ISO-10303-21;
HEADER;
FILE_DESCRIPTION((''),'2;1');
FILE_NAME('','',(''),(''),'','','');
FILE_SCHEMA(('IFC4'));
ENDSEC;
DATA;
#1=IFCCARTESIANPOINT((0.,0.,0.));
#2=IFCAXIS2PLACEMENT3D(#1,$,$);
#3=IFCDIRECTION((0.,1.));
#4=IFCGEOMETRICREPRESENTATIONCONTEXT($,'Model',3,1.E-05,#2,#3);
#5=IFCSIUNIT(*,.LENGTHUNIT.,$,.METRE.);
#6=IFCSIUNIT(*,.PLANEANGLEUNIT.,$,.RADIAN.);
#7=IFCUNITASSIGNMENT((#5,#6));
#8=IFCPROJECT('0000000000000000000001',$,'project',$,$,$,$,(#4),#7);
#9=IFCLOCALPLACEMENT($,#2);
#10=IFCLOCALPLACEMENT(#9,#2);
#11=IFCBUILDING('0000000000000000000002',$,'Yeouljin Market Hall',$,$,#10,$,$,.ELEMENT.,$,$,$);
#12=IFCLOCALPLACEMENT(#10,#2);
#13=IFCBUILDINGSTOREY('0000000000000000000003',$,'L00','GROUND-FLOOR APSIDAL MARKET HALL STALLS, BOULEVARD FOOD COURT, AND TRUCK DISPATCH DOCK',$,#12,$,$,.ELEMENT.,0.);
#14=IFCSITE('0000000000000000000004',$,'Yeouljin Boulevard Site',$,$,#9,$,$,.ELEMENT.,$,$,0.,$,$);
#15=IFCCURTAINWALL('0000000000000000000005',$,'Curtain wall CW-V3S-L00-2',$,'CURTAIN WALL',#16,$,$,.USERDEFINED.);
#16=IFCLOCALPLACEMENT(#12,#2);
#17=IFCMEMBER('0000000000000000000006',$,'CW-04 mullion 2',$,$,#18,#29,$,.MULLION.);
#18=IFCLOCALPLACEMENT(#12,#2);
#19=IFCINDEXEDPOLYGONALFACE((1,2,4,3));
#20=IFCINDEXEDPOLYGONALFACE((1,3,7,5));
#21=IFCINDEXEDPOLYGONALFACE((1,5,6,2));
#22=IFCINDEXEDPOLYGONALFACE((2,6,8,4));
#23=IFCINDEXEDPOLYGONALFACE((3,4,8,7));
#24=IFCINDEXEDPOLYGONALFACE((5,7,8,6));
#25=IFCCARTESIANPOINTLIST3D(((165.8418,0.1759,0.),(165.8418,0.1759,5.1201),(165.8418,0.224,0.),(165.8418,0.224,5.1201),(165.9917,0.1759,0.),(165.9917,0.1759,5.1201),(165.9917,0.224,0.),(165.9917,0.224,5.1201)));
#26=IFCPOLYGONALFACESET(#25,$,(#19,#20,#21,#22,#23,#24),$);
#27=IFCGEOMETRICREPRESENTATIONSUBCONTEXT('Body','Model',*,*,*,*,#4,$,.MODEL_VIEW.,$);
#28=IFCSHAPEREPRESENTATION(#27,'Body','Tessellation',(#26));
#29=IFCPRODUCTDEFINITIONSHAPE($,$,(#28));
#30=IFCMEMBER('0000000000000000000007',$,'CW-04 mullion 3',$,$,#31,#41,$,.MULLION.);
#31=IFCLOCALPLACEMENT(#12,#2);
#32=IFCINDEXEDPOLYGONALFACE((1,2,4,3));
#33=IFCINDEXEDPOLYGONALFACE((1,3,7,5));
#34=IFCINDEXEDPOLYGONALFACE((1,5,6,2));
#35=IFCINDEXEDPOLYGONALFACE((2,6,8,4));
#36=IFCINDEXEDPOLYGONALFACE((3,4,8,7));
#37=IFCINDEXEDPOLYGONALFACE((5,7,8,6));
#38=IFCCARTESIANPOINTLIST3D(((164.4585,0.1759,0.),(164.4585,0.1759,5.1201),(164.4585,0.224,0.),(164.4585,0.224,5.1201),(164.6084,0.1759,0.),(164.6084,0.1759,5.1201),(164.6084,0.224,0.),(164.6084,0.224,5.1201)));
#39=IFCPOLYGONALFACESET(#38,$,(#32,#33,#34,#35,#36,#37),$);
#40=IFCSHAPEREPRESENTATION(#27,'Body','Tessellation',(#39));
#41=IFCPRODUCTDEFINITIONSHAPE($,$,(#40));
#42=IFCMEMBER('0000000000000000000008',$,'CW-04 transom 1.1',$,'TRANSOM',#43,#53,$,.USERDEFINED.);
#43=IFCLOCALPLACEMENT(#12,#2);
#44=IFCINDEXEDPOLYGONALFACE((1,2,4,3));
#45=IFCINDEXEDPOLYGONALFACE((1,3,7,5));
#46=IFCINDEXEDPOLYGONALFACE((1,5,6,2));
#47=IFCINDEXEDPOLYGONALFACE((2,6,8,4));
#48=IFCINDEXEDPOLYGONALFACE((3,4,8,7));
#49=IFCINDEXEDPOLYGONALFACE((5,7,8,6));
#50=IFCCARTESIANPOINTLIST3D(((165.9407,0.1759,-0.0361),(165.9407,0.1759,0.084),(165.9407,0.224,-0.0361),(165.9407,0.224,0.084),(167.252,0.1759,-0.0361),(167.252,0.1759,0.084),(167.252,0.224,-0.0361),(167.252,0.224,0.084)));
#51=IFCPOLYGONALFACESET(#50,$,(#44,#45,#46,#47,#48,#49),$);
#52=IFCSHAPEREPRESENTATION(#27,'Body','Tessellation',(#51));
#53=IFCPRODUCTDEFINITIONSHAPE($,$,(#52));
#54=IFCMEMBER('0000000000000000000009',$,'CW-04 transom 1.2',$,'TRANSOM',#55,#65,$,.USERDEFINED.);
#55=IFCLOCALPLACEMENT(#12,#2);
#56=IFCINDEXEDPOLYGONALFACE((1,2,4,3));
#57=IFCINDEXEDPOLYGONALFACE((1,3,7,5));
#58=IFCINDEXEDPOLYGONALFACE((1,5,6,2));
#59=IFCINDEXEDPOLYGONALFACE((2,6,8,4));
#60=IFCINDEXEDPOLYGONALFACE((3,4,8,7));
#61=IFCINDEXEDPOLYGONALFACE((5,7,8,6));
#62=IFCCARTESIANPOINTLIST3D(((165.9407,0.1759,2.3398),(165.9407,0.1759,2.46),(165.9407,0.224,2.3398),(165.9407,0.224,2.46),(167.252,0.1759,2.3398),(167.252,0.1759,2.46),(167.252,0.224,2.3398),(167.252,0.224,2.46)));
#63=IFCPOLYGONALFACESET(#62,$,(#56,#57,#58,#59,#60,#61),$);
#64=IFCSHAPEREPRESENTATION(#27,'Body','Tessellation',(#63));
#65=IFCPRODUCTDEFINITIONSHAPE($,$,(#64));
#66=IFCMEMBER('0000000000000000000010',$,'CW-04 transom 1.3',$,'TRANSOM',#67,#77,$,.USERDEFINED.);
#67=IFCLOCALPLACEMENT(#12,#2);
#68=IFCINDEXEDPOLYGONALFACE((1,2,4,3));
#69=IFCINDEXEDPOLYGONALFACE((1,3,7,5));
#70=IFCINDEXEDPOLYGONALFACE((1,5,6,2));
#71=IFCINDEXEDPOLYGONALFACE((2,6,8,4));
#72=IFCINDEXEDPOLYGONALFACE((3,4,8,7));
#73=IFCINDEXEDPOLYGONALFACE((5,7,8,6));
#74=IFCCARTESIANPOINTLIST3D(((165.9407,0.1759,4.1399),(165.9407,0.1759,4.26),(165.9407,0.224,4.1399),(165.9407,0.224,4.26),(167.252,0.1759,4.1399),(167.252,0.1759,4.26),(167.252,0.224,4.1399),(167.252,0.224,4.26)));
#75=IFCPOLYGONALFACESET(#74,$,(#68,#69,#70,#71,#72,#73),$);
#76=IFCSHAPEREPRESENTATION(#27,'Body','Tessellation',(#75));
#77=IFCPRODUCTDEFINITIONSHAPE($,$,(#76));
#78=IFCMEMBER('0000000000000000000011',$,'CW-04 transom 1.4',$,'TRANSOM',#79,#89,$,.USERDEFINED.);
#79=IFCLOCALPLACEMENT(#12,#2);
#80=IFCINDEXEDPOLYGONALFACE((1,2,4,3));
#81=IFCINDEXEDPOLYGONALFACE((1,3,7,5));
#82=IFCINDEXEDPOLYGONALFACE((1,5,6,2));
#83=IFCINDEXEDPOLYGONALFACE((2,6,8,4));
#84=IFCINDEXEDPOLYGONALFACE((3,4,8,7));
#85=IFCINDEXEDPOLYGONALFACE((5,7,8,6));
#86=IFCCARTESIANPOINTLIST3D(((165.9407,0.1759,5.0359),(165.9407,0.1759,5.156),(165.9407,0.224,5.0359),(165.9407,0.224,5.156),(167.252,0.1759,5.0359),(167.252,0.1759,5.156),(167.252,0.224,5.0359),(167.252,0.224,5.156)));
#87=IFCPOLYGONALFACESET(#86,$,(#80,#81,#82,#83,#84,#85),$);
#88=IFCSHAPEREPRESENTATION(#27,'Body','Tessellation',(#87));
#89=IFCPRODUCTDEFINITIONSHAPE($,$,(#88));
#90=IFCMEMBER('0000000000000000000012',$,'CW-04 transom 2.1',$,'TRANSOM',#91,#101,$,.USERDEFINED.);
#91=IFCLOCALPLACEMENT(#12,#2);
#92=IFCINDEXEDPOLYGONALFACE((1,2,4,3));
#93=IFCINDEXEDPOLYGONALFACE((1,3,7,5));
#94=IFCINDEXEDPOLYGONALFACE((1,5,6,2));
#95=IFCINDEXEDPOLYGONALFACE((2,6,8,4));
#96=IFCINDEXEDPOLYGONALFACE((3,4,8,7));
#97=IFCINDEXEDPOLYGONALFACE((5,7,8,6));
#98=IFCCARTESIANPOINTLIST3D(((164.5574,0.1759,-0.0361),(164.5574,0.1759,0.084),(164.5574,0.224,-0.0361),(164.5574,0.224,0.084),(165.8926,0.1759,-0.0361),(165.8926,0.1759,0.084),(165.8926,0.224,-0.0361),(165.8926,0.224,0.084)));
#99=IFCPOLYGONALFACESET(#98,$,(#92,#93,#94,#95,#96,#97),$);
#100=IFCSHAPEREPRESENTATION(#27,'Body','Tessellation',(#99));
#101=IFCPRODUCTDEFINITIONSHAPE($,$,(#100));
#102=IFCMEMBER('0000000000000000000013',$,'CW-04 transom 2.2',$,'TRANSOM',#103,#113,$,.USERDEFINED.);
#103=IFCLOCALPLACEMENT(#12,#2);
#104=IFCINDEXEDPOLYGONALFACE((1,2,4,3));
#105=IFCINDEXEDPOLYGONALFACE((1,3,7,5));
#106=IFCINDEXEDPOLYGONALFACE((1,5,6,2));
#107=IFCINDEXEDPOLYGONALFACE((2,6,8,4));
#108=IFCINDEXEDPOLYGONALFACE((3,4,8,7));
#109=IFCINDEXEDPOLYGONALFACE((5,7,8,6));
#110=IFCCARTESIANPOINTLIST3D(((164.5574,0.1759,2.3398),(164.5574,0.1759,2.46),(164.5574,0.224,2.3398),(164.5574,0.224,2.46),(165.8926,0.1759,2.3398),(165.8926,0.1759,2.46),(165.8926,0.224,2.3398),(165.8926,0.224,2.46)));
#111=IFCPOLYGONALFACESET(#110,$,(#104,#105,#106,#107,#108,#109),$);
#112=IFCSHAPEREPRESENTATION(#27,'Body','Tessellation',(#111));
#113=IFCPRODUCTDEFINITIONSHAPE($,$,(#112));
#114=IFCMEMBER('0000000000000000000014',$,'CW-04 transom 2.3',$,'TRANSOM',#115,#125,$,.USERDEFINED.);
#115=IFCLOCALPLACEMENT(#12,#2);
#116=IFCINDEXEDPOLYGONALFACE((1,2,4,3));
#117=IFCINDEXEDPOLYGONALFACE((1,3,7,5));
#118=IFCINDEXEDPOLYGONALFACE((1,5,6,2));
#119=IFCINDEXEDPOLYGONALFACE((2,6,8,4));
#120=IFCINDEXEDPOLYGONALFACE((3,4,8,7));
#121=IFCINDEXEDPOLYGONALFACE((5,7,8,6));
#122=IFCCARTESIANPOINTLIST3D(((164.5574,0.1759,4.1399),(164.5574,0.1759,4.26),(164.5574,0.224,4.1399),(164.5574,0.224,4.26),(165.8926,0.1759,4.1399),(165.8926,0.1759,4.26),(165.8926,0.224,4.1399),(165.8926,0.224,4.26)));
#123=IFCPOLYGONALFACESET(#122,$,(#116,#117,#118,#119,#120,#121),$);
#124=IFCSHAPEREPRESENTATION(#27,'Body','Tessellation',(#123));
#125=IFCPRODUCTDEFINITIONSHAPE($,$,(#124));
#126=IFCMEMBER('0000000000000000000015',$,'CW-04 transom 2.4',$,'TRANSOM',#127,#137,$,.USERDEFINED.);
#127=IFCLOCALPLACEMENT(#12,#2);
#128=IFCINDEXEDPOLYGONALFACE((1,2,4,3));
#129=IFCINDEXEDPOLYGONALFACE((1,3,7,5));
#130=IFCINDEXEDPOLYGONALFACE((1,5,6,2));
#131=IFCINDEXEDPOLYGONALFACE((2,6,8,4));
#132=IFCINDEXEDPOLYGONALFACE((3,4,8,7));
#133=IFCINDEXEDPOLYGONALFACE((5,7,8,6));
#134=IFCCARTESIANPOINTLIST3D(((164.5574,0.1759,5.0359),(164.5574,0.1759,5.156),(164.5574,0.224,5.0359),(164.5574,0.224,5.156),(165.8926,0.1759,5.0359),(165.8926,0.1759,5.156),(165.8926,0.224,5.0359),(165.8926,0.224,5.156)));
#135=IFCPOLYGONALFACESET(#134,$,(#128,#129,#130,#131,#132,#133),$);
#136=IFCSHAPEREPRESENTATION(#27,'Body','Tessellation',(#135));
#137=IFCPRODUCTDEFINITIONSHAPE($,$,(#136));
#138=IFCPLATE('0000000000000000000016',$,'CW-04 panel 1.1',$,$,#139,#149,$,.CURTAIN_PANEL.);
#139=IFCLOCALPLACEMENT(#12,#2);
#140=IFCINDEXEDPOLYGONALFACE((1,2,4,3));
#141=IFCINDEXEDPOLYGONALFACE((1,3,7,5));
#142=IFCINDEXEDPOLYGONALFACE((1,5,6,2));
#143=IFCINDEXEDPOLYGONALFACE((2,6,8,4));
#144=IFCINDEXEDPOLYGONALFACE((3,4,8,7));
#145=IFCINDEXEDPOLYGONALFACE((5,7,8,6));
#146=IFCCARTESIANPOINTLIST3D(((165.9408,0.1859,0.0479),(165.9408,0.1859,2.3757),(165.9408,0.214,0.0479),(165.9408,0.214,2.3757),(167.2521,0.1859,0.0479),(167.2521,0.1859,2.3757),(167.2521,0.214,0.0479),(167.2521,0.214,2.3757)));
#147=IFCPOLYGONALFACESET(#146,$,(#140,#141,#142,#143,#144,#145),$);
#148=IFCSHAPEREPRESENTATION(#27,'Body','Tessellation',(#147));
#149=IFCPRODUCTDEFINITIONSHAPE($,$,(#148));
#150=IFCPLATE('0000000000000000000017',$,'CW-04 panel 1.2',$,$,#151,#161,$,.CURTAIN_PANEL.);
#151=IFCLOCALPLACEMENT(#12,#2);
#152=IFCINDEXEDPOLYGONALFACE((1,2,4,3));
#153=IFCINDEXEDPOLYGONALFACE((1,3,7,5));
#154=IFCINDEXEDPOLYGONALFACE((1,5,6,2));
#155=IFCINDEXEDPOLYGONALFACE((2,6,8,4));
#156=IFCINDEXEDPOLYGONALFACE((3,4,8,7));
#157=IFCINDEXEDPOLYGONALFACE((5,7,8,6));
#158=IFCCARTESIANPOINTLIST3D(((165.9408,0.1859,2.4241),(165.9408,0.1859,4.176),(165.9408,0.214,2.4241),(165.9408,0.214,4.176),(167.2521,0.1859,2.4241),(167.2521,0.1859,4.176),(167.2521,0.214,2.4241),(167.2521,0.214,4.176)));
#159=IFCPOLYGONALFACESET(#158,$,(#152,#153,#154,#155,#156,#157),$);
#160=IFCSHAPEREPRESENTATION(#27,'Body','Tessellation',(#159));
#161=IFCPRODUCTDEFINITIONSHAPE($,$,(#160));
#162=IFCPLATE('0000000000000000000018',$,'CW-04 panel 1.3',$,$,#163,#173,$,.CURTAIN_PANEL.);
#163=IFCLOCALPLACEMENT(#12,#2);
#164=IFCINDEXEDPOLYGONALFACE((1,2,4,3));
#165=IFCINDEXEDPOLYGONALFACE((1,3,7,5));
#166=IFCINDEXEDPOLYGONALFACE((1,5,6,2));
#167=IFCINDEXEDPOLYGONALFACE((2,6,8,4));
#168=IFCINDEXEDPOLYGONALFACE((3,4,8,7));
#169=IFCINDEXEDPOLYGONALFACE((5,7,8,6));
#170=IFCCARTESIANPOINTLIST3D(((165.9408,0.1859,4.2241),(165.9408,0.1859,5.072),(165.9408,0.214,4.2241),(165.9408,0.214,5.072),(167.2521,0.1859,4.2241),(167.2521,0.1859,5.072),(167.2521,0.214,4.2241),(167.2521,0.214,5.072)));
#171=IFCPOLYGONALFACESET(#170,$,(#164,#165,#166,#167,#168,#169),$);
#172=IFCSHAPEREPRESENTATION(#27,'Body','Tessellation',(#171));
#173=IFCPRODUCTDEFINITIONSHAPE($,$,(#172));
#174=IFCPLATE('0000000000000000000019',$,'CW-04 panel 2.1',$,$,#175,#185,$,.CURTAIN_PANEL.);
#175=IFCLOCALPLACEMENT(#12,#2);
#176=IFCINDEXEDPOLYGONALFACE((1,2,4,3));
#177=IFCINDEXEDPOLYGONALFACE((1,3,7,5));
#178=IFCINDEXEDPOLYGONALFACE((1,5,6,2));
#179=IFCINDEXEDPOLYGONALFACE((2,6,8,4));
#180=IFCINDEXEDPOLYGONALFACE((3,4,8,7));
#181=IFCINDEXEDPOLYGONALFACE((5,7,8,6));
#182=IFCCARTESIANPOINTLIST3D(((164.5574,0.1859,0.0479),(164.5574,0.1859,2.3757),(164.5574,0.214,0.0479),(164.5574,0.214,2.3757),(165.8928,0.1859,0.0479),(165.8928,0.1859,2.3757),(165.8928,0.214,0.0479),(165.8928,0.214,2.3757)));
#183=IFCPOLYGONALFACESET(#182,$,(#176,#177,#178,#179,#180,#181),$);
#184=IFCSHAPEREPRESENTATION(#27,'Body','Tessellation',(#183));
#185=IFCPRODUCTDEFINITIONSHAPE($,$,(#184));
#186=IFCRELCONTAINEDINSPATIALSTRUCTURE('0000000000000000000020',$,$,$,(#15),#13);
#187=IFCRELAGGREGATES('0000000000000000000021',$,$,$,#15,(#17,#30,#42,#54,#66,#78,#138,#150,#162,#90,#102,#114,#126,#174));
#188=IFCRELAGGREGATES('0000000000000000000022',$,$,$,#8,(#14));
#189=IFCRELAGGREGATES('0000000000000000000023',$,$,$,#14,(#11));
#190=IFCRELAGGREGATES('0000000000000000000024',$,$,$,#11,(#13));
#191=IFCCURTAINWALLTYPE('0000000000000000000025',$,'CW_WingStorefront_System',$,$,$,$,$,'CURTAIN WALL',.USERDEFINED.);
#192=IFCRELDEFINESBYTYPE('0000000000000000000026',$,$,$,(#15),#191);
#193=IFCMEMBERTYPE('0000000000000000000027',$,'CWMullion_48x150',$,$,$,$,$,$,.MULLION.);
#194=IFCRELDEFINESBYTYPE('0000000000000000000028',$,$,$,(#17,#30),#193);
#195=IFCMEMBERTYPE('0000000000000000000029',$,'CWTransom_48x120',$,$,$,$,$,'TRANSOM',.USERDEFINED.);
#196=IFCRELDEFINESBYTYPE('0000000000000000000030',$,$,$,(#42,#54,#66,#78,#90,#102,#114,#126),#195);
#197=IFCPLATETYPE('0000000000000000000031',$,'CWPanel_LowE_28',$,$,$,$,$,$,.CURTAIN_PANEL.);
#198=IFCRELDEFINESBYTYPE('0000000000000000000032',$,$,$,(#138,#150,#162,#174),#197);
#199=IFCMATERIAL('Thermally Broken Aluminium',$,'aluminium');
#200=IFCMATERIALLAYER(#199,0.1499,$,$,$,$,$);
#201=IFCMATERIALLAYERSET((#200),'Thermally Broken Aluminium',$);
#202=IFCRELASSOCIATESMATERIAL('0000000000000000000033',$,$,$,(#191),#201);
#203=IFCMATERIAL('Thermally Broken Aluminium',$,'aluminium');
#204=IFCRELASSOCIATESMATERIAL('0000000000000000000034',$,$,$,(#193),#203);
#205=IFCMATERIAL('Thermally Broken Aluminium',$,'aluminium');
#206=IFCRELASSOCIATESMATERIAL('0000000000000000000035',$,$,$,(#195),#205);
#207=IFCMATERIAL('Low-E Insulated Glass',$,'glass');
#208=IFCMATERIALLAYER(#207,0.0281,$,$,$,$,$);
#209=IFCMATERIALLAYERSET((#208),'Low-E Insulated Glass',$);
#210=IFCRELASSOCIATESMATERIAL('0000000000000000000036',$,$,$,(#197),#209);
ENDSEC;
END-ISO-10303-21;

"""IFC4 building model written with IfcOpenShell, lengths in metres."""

from ifc_helpers import new_model, si_unit, direction, frame, origin, origin_2d, place, context, subcontext, project, spatial, rectangle, extrude, material, layer, layer_set, material_profile, profile_set, type_object, element, aggregate, save


model = new_model("IFC4")

# Units and contexts
model_context = context("Model", 3, precision=1e-05, world=origin(), true_north=direction((0.0, 1.0)))
body_context = subcontext(model_context, "Body", "Model", "MODEL_VIEW")
ifc_project = project(units=[si_unit("LENGTHUNIT", "METRE"), si_unit("PLANEANGLEUNIT", "RADIAN")], contexts=[model_context])

# Site, building, storey
site_placement = place(None, origin())
site = spatial("IfcSite", under=ifc_project, at=site_placement, Name="Yeouljin Boulevard Site", CompositionType="ELEMENT", RefElevation=0.0)
building_placement = place(site_placement, origin())
building = spatial("IfcBuilding", under=site, at=building_placement, Name="Yeouljin Market Hall", CompositionType="ELEMENT")
storey_placement = place(building_placement, origin())
storey = spatial("IfcBuildingStorey", under=building, at=storey_placement, Name="L00", Description="GROUND-FLOOR APSIDAL MARKET HALL STALLS, BOULEVARD FOOD COURT, AND TRUCK DISPATCH DOCK", CompositionType="ELEMENT", Elevation=0.0)

# Curtain wall, members, plates
ifc_material_1 = material(Name="Thermally Broken Aluminium", Category="aluminium")
ifc_layer_1 = layer(ifc_material_1, 0.1499)
ifc_layer_set_1 = layer_set([ifc_layer_1], Name="Thermally Broken Aluminium")
curtain_wall_type = type_object("IfcCurtainWallType", Name="CW_WingStorefront_System", ElementType="CURTAIN WALL", PredefinedType="USERDEFINED", material=ifc_layer_set_1)
curtain_wall_placement = place(storey_placement, origin())
curtain_wall = element("IfcCurtainWall", 1, at=curtain_wall_placement, inside=storey, type_object=curtain_wall_type, Name="Curtain wall CW-V3S-L00-2", ObjectType="CURTAIN WALL", PredefinedType="USERDEFINED")
ifc_material_2 = material(Name="Thermally Broken Aluminium", Category="aluminium")
ifc_material_profile_1 = material_profile(ifc_material_2, rectangle(XDim=0.0481, YDim=0.1499, at=origin_2d()), Name="CW-MULL-48x150")
ifc_profile_set_1 = profile_set([ifc_material_profile_1], Name="Thermally Broken Aluminium")
member_type_1 = type_object("IfcMemberType", Name="CWMullion_48x150", PredefinedType="MULLION", material=ifc_profile_set_1)
member_1_placement = place(storey_placement, frame((165.9167, 0.2, 0.0), z_axis=(0.0, 0.0, 1.0), x_axis=(0.0, -1.0, 0.0)))
member_1 = element("IfcMember", 2, at=member_1_placement, type_object=member_type_1, Name="CW-04 mullion 2", PredefinedType="MULLION", context=body_context, shape_type="SweptSolid", body=[
    extrude(rectangle(XDim=0.0481, YDim=0.1499, at=origin_2d()), origin(), (0.0, 0.0, 1.0), 5.1201),
])
member_2_placement = place(storey_placement, frame((164.5334, 0.2, 0.0), z_axis=(0.0, 0.0, 1.0), x_axis=(0.0, -1.0, 0.0)))
member_2 = element("IfcMember", 3, at=member_2_placement, type_object=member_type_1, Name="CW-04 mullion 3", PredefinedType="MULLION", context=body_context, shape_type="SweptSolid", body=[
    extrude(rectangle(XDim=0.0481, YDim=0.1499, at=origin_2d()), origin(), (0.0, 0.0, 1.0), 5.1201),
])
ifc_material_3 = material(Name="Thermally Broken Aluminium", Category="aluminium")
ifc_material_profile_2 = material_profile(ifc_material_3, rectangle(XDim=0.0481, YDim=0.1201, at=origin_2d()), Name="CW-TRAN-48x120")
ifc_profile_set_2 = profile_set([ifc_material_profile_2], Name="Thermally Broken Aluminium")
member_type_2 = type_object("IfcMemberType", Name="CWTransom_48x120", ElementType="TRANSOM", PredefinedType="USERDEFINED", material=ifc_profile_set_2)
member_3_placement = place(storey_placement, frame((167.252, 0.2, 0.0239), z_axis=(-1.0, 0.0, 0.0), x_axis=(0.0, -1.0, 0.0)))
member_3 = element("IfcMember", 4, at=member_3_placement, type_object=member_type_2, Name="CW-04 transom 1.1", ObjectType="TRANSOM", PredefinedType="USERDEFINED", context=body_context, shape_type="SweptSolid", body=[
    extrude(rectangle(XDim=0.0481, YDim=0.1201, at=origin_2d()), origin(), (0.0, 0.0, 1.0), 1.3113),
])
member_4_placement = place(storey_placement, frame((167.252, 0.2, 2.3999), z_axis=(-1.0, 0.0, 0.0), x_axis=(0.0, -1.0, 0.0)))
member_4 = element("IfcMember", 5, at=member_4_placement, type_object=member_type_2, Name="CW-04 transom 1.2", ObjectType="TRANSOM", PredefinedType="USERDEFINED", context=body_context, shape_type="SweptSolid", body=[
    extrude(rectangle(XDim=0.0481, YDim=0.1201, at=origin_2d()), origin(), (0.0, 0.0, 1.0), 1.3113),
])
member_5_placement = place(storey_placement, frame((167.252, 0.2, 4.2), z_axis=(-1.0, 0.0, 0.0), x_axis=(0.0, -1.0, 0.0)))
member_5 = element("IfcMember", 6, at=member_5_placement, type_object=member_type_2, Name="CW-04 transom 1.3", ObjectType="TRANSOM", PredefinedType="USERDEFINED", context=body_context, shape_type="SweptSolid", body=[
    extrude(rectangle(XDim=0.0481, YDim=0.1201, at=origin_2d()), origin(), (0.0, 0.0, 1.0), 1.3113),
])
member_6_placement = place(storey_placement, frame((167.252, 0.2, 5.0959), z_axis=(-1.0, 0.0, 0.0), x_axis=(0.0, -1.0, 0.0)))
member_6 = element("IfcMember", 7, at=member_6_placement, type_object=member_type_2, Name="CW-04 transom 1.4", ObjectType="TRANSOM", PredefinedType="USERDEFINED", context=body_context, shape_type="SweptSolid", body=[
    extrude(rectangle(XDim=0.0481, YDim=0.1201, at=origin_2d()), origin(), (0.0, 0.0, 1.0), 1.3113),
])
member_7_placement = place(storey_placement, frame((165.8926, 0.2, 0.0239), z_axis=(-1.0, 0.0, 0.0), x_axis=(0.0, -1.0, 0.0)))
member_7 = element("IfcMember", 8, at=member_7_placement, type_object=member_type_2, Name="CW-04 transom 2.1", ObjectType="TRANSOM", PredefinedType="USERDEFINED", context=body_context, shape_type="SweptSolid", body=[
    extrude(rectangle(XDim=0.0481, YDim=0.1201, at=origin_2d()), origin(), (0.0, 0.0, 1.0), 1.3352),
])
member_8_placement = place(storey_placement, frame((165.8926, 0.2, 2.3999), z_axis=(-1.0, 0.0, 0.0), x_axis=(0.0, -1.0, 0.0)))
member_8 = element("IfcMember", 9, at=member_8_placement, type_object=member_type_2, Name="CW-04 transom 2.2", ObjectType="TRANSOM", PredefinedType="USERDEFINED", context=body_context, shape_type="SweptSolid", body=[
    extrude(rectangle(XDim=0.0481, YDim=0.1201, at=origin_2d()), origin(), (0.0, 0.0, 1.0), 1.3352),
])
member_9_placement = place(storey_placement, frame((165.8926, 0.2, 4.2), z_axis=(-1.0, 0.0, 0.0), x_axis=(0.0, -1.0, 0.0)))
member_9 = element("IfcMember", 10, at=member_9_placement, type_object=member_type_2, Name="CW-04 transom 2.3", ObjectType="TRANSOM", PredefinedType="USERDEFINED", context=body_context, shape_type="SweptSolid", body=[
    extrude(rectangle(XDim=0.0481, YDim=0.1201, at=origin_2d()), origin(), (0.0, 0.0, 1.0), 1.3352),
])
member_10_placement = place(storey_placement, frame((165.8926, 0.2, 5.0959), z_axis=(-1.0, 0.0, 0.0), x_axis=(0.0, -1.0, 0.0)))
member_10 = element("IfcMember", 11, at=member_10_placement, type_object=member_type_2, Name="CW-04 transom 2.4", ObjectType="TRANSOM", PredefinedType="USERDEFINED", context=body_context, shape_type="SweptSolid", body=[
    extrude(rectangle(XDim=0.0481, YDim=0.1201, at=origin_2d()), origin(), (0.0, 0.0, 1.0), 1.3352),
])
ifc_material_4 = material(Name="Low-E Insulated Glass", Category="glass")
ifc_layer_2 = layer(ifc_material_4, 0.0281)
ifc_layer_set_2 = layer_set([ifc_layer_2], Name="Low-E Insulated Glass")
plate_type = type_object("IfcPlateType", Name="CWPanel_LowE_28", PredefinedType="CURTAIN_PANEL", material=ifc_layer_set_2)
plate_1_placement = place(storey_placement, frame((166.5964, 0.2, 0.0479), z_axis=(0.0, 0.0, 1.0), x_axis=(-1.0, 0.0, 0.0)))
plate_1 = element("IfcPlate", 12, at=plate_1_placement, type_object=plate_type, Name="CW-04 panel 1.1", PredefinedType="CURTAIN_PANEL", context=body_context, shape_type="SweptSolid", body=[
    extrude(rectangle(XDim=1.3113, YDim=0.0281, at=origin_2d()), origin(), (0.0, 0.0, 1.0), 2.3279),
])
plate_2_placement = place(storey_placement, frame((166.5964, 0.2, 2.4241), z_axis=(0.0, 0.0, 1.0), x_axis=(-1.0, 0.0, 0.0)))
plate_2 = element("IfcPlate", 13, at=plate_2_placement, type_object=plate_type, Name="CW-04 panel 1.2", PredefinedType="CURTAIN_PANEL", context=body_context, shape_type="SweptSolid", body=[
    extrude(rectangle(XDim=1.3113, YDim=0.0281, at=origin_2d()), origin(), (0.0, 0.0, 1.0), 1.752),
])
plate_3_placement = place(storey_placement, frame((166.5964, 0.2, 4.2241), z_axis=(0.0, 0.0, 1.0), x_axis=(-1.0, 0.0, 0.0)))
plate_3 = element("IfcPlate", 14, at=plate_3_placement, type_object=plate_type, Name="CW-04 panel 1.3", PredefinedType="CURTAIN_PANEL", context=body_context, shape_type="SweptSolid", body=[
    extrude(rectangle(XDim=1.3113, YDim=0.0281, at=origin_2d()), origin(), (0.0, 0.0, 1.0), 0.8479),
])
plate_4_placement = place(storey_placement, frame((165.2251, 0.2, 0.0479), z_axis=(0.0, 0.0, 1.0), x_axis=(-1.0, 0.0, 0.0)))
plate_4 = element("IfcPlate", 15, at=plate_4_placement, type_object=plate_type, Name="CW-04 panel 2.1", PredefinedType="CURTAIN_PANEL", context=body_context, shape_type="SweptSolid", body=[
    extrude(rectangle(XDim=1.3354, YDim=0.0281, at=origin_2d()), origin(), (0.0, 0.0, 1.0), 2.3279),
])
aggregate(curtain_wall, [member_1, member_2, member_3, member_4, member_5, member_6, plate_1, plate_2, plate_3, member_7, member_8, member_9, member_10, plate_4])

save(model, "model.ifc")
